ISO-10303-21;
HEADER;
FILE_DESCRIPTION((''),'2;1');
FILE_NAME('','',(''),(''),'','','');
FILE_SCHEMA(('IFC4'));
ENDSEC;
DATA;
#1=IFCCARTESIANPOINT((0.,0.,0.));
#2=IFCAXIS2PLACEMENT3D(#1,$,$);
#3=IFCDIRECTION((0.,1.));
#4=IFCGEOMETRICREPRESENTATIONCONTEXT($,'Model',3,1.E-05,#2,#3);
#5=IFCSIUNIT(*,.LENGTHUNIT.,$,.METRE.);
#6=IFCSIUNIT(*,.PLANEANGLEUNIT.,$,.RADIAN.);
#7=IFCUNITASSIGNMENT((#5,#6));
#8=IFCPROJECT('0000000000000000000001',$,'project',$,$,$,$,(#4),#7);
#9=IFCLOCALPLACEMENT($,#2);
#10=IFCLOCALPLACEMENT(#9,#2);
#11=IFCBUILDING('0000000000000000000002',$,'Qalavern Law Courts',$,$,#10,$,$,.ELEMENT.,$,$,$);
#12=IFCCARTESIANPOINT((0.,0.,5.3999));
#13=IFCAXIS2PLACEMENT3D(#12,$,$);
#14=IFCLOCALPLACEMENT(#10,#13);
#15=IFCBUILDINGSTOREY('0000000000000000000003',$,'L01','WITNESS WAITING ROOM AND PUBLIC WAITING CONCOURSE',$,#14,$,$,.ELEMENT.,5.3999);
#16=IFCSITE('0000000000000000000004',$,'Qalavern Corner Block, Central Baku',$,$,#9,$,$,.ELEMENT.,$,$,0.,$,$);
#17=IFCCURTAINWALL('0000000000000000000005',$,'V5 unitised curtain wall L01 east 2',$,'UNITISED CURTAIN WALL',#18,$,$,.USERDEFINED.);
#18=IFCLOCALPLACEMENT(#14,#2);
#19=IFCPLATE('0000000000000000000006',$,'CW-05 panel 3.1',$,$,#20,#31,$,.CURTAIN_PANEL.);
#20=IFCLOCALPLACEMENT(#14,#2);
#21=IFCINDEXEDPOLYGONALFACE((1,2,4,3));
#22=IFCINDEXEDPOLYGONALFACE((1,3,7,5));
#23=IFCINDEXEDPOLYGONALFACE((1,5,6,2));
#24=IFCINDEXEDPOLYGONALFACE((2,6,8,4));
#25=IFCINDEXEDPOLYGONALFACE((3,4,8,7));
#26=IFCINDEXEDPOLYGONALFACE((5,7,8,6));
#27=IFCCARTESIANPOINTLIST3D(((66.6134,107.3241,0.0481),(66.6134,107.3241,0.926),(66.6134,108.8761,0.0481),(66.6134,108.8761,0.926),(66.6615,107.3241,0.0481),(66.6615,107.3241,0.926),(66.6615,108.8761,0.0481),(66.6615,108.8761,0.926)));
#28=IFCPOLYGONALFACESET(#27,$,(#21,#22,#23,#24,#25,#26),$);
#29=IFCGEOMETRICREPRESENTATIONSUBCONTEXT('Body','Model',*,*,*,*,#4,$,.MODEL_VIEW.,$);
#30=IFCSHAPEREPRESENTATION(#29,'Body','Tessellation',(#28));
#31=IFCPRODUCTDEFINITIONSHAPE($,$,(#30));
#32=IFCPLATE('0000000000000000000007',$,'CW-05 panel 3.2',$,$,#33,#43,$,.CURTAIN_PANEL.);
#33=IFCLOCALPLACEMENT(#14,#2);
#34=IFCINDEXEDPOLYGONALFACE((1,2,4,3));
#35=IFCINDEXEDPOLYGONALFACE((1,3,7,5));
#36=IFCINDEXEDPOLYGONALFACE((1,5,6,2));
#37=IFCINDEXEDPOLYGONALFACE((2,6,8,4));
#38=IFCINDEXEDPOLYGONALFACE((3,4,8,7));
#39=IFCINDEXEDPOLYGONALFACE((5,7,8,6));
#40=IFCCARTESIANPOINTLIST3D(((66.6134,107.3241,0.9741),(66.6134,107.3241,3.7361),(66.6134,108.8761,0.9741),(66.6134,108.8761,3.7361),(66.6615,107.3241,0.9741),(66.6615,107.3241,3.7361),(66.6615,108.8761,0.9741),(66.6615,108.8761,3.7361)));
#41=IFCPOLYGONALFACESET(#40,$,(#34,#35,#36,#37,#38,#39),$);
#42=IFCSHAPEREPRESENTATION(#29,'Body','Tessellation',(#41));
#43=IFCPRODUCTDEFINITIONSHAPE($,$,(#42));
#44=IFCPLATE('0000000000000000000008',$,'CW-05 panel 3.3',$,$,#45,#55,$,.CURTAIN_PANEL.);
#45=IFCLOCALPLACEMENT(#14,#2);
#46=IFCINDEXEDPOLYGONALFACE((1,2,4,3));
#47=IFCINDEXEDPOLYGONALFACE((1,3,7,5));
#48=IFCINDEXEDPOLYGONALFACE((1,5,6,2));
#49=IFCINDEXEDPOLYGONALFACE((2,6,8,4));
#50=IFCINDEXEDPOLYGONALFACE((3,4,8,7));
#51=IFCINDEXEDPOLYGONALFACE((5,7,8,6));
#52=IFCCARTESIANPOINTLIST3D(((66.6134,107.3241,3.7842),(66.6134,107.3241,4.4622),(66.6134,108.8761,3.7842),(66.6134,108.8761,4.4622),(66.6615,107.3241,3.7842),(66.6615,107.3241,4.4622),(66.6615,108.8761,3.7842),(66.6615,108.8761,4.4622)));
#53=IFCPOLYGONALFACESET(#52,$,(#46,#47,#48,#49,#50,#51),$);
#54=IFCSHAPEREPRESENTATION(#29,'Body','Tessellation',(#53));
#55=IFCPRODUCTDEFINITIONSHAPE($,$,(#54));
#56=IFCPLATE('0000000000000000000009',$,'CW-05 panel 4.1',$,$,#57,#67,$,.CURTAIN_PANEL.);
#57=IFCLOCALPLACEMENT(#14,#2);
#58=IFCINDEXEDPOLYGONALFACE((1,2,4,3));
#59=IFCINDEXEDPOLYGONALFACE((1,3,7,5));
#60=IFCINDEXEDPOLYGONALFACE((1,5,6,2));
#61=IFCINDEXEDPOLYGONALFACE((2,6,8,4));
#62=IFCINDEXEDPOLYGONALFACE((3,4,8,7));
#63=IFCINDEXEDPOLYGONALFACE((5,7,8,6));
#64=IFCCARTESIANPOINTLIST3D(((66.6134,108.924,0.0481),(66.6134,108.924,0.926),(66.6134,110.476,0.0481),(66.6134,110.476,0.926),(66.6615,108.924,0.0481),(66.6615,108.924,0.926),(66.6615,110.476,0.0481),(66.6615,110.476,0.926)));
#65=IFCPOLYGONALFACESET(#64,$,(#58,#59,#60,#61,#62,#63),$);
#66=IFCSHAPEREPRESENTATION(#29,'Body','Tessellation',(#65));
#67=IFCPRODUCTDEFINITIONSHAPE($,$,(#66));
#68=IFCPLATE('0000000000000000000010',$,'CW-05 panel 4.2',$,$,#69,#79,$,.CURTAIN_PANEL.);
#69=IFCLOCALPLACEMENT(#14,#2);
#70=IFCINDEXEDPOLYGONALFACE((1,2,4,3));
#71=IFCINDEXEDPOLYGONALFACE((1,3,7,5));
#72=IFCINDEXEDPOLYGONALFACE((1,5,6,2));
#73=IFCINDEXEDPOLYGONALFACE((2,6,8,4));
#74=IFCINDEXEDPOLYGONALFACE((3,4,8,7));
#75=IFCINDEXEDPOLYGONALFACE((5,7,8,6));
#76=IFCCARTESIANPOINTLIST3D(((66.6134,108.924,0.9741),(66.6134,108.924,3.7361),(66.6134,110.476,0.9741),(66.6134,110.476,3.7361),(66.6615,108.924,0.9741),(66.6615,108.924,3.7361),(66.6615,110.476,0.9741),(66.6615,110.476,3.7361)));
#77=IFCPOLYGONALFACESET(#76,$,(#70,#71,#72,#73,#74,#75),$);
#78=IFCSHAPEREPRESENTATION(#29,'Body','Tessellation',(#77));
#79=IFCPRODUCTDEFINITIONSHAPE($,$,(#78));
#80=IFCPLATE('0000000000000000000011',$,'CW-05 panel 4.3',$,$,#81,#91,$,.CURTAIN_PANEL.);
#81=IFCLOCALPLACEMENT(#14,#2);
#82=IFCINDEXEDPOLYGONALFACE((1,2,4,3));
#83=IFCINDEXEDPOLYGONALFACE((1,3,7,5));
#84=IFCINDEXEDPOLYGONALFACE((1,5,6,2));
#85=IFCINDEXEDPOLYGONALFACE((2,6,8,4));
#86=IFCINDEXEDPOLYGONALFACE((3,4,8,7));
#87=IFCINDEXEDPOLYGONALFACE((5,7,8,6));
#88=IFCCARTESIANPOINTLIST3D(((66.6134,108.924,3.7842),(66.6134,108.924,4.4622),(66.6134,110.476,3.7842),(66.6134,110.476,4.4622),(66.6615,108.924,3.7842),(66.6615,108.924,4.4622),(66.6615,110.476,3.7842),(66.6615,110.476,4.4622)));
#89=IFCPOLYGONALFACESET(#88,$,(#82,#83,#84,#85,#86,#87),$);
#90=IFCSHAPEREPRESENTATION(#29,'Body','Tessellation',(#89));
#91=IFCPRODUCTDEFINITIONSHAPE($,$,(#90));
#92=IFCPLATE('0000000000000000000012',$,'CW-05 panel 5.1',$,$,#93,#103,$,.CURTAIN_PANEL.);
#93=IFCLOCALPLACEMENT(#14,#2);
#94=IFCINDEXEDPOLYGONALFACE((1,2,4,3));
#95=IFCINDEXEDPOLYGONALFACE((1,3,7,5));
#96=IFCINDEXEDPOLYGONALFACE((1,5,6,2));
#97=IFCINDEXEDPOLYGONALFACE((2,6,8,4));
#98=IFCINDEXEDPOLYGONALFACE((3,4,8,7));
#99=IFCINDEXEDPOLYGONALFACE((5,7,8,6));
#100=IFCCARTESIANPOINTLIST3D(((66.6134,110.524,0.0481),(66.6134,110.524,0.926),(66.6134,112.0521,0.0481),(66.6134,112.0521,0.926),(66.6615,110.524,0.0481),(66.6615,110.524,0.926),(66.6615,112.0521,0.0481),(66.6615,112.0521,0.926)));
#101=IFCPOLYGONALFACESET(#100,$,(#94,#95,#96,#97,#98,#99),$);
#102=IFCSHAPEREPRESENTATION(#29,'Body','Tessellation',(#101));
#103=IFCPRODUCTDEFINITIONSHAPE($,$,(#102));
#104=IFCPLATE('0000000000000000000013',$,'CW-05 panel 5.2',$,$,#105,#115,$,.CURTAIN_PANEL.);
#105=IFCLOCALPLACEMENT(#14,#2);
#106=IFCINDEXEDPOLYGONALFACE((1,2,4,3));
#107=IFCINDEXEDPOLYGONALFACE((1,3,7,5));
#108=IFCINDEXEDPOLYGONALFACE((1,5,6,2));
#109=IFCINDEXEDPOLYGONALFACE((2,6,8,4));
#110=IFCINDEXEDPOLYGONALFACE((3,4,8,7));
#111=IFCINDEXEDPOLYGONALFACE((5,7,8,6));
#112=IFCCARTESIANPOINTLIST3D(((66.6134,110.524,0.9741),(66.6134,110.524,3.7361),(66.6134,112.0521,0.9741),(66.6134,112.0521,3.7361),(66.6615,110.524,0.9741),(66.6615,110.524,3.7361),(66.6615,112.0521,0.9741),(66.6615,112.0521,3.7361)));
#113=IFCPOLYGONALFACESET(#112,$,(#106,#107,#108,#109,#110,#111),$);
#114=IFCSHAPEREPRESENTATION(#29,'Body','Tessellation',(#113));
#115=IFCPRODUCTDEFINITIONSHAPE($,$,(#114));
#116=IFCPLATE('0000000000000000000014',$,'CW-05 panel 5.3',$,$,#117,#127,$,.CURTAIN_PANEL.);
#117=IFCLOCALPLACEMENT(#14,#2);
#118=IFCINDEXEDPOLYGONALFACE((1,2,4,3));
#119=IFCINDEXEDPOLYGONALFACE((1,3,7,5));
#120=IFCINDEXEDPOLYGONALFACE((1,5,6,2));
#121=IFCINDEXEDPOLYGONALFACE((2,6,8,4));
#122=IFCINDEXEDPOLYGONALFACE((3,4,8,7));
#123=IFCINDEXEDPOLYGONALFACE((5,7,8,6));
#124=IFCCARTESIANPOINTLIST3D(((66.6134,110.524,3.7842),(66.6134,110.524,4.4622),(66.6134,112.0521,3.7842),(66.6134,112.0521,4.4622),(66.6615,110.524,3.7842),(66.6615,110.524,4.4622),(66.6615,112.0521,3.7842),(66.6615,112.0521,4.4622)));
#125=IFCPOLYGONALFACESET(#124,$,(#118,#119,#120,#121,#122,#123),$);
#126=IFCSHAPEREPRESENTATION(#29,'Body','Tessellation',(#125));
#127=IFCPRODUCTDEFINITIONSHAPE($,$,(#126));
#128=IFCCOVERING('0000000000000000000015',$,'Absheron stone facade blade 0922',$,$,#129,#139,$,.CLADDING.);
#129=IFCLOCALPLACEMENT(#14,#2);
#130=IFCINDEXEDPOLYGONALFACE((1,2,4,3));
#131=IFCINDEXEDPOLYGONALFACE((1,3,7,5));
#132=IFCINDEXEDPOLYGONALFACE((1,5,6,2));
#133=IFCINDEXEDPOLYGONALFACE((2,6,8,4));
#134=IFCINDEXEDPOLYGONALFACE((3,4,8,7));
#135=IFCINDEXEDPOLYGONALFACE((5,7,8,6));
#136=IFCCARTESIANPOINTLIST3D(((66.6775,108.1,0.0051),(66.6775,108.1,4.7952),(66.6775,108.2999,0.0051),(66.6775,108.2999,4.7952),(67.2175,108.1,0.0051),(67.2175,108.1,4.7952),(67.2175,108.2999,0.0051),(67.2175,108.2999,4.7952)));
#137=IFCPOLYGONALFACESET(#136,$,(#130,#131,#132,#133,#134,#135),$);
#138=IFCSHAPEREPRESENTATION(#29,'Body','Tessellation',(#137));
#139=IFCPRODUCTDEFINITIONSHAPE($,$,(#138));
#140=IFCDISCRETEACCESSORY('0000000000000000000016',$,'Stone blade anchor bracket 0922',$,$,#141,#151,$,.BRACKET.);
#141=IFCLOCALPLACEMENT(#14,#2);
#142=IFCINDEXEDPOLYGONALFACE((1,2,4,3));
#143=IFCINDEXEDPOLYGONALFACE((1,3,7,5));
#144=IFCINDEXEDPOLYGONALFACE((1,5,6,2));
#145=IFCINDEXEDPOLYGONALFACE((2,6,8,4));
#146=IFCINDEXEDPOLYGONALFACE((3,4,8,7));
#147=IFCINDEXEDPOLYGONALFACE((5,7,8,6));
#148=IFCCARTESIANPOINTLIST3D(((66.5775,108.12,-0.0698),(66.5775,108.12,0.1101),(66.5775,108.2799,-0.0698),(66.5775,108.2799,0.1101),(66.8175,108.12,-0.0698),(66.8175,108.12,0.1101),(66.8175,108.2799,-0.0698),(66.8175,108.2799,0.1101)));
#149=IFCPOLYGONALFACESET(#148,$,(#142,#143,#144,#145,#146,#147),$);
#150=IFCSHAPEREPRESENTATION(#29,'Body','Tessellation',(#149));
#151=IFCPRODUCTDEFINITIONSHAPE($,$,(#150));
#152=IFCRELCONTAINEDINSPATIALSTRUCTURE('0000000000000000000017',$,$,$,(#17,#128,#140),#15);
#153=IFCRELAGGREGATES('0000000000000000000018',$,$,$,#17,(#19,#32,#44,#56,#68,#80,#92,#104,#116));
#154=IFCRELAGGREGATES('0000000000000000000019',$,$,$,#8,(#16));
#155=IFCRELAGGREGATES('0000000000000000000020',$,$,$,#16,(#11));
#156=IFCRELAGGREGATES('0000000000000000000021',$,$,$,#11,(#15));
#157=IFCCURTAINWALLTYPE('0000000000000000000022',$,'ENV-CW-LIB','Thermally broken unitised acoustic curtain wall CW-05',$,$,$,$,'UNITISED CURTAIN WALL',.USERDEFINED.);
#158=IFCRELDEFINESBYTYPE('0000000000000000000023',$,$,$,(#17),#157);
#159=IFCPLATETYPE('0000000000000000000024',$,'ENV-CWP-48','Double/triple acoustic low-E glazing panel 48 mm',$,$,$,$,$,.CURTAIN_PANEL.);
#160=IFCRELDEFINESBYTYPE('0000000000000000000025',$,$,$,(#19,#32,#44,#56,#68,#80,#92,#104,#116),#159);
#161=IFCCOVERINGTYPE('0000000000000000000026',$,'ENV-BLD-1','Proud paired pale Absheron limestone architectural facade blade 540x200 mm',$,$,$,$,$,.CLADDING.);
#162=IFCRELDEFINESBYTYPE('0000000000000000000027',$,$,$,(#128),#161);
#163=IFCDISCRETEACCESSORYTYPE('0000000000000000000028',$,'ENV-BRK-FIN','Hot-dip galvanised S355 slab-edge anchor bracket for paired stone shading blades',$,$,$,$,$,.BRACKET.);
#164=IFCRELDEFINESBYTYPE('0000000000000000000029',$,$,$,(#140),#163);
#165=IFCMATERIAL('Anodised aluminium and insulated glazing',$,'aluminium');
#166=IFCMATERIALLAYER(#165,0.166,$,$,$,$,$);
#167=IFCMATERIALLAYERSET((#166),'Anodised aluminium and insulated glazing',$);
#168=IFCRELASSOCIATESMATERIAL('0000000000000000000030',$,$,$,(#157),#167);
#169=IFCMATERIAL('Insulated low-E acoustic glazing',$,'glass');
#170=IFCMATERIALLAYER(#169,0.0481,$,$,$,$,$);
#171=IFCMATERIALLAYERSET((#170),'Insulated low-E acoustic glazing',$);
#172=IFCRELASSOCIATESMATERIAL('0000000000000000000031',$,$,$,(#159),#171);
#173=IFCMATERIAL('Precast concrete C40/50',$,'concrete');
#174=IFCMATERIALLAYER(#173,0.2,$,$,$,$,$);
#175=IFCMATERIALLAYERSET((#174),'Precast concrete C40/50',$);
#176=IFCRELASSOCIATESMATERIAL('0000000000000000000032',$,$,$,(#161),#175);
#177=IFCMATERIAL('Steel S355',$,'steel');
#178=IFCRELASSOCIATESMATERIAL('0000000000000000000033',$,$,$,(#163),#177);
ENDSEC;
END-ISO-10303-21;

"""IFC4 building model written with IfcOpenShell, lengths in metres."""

from ifc_helpers import new_model, si_unit, direction, frame, origin, origin_2d, place, context, subcontext, project, spatial, rectangle, extrude, material, layer, layer_set, type_object, element, aggregate, save


model = new_model("IFC4")

# Units and contexts
model_context = context("Model", 3, precision=1e-05, world=origin(), true_north=direction((0.0, 1.0)))
body_context = subcontext(model_context, "Body", "Model", "MODEL_VIEW")
ifc_project = project(units=[si_unit("LENGTHUNIT", "METRE"), si_unit("PLANEANGLEUNIT", "RADIAN")], contexts=[model_context])

# Site, building, storey
site_placement = place(None, origin())
site = spatial("IfcSite", under=ifc_project, at=site_placement, Name="Qalavern Corner Block, Central Baku", CompositionType="ELEMENT", RefElevation=0.0)
building_placement = place(site_placement, origin())
building = spatial("IfcBuilding", under=site, at=building_placement, Name="Qalavern Law Courts", CompositionType="ELEMENT")
storey_placement = place(building_placement, frame((0.0, 0.0, 5.3999)))
storey = spatial("IfcBuildingStorey", under=building, at=storey_placement, Name="L01", Description="WITNESS WAITING ROOM AND PUBLIC WAITING CONCOURSE", CompositionType="ELEMENT", Elevation=5.3999)

# Curtain wall, plates
ifc_material_1 = material(Name="Anodised aluminium and insulated glazing", Category="aluminium")
ifc_layer_1 = layer(ifc_material_1, 0.166)
ifc_layer_set_1 = layer_set([ifc_layer_1], Name="Anodised aluminium and insulated glazing")
curtain_wall_type = type_object("IfcCurtainWallType", Name="ENV-CW-LIB", Description="Thermally broken unitised acoustic curtain wall CW-05", ElementType="UNITISED CURTAIN WALL", PredefinedType="USERDEFINED", material=ifc_layer_set_1)
curtain_wall_placement = place(storey_placement, origin())
curtain_wall = element("IfcCurtainWall", 1, at=curtain_wall_placement, inside=storey, type_object=curtain_wall_type, Name="V5 unitised curtain wall L01 east 2", ObjectType="UNITISED CURTAIN WALL", PredefinedType="USERDEFINED")
ifc_material_2 = material(Name="Insulated low-E acoustic glazing", Category="glass")
ifc_layer_2 = layer(ifc_material_2, 0.0481)
ifc_layer_set_2 = layer_set([ifc_layer_2], Name="Insulated low-E acoustic glazing")
plate_type = type_object("IfcPlateType", Name="ENV-CWP-48", Description="Double/triple acoustic low-E glazing panel 48 mm", PredefinedType="CURTAIN_PANEL", material=ifc_layer_set_2)
plate_1_placement = place(storey_placement, frame((66.6375, 108.1001, 0.0481), z_axis=(0.0, 0.0, 1.0), x_axis=(0.0, 1.0, 0.0)))
plate_1 = element("IfcPlate", 2, at=plate_1_placement, type_object=plate_type, Name="CW-05 panel 3.1", PredefinedType="CURTAIN_PANEL", context=body_context, shape_type="SweptSolid", body=[
    extrude(rectangle(XDim=1.552, YDim=0.0481, at=origin_2d()), origin(), (0.0, 0.0, 1.0), 0.8779),
])
plate_2_placement = place(storey_placement, frame((66.6375, 108.1001, 0.9741), z_axis=(0.0, 0.0, 1.0), x_axis=(0.0, 1.0, 0.0)))
plate_2 = element("IfcPlate", 3, at=plate_2_placement, type_object=plate_type, Name="CW-05 panel 3.2", PredefinedType="CURTAIN_PANEL", context=body_context, shape_type="SweptSolid", body=[
    extrude(rectangle(XDim=1.552, YDim=0.0481, at=origin_2d()), origin(), (0.0, 0.0, 1.0), 2.762),
])
plate_3_placement = place(storey_placement, frame((66.6375, 108.1001, 3.7842), z_axis=(0.0, 0.0, 1.0), x_axis=(0.0, 1.0, 0.0)))
plate_3 = element("IfcPlate", 4, at=plate_3_placement, type_object=plate_type, Name="CW-05 panel 3.3", PredefinedType="CURTAIN_PANEL", context=body_context, shape_type="SweptSolid", body=[
    extrude(rectangle(XDim=1.552, YDim=0.0481, at=origin_2d()), origin(), (0.0, 0.0, 1.0), 0.678),
])
plate_4_placement = place(storey_placement, frame((66.6375, 109.7, 0.0481), z_axis=(0.0, 0.0, 1.0), x_axis=(0.0, 1.0, 0.0)))
plate_4 = element("IfcPlate", 5, at=plate_4_placement, type_object=plate_type, Name="CW-05 panel 4.1", PredefinedType="CURTAIN_PANEL", context=body_context, shape_type="SweptSolid", body=[
    extrude(rectangle(XDim=1.552, YDim=0.0481, at=origin_2d()), origin(), (0.0, 0.0, 1.0), 0.8779),
])
plate_5_placement = place(storey_placement, frame((66.6375, 109.7, 0.9741), z_axis=(0.0, 0.0, 1.0), x_axis=(0.0, 1.0, 0.0)))
plate_5 = element("IfcPlate", 6, at=plate_5_placement, type_object=plate_type, Name="CW-05 panel 4.2", PredefinedType="CURTAIN_PANEL", context=body_context, shape_type="SweptSolid", body=[
    extrude(rectangle(XDim=1.552, YDim=0.0481, at=origin_2d()), origin(), (0.0, 0.0, 1.0), 2.762),
])
plate_6_placement = place(storey_placement, frame((66.6375, 109.7, 3.7842), z_axis=(0.0, 0.0, 1.0), x_axis=(0.0, 1.0, 0.0)))
plate_6 = element("IfcPlate", 7, at=plate_6_placement, type_object=plate_type, Name="CW-05 panel 4.3", PredefinedType="CURTAIN_PANEL", context=body_context, shape_type="SweptSolid", body=[
    extrude(rectangle(XDim=1.552, YDim=0.0481, at=origin_2d()), origin(), (0.0, 0.0, 1.0), 0.678),
])
plate_7_placement = place(storey_placement, frame((66.6375, 111.2881, 0.0481), z_axis=(0.0, 0.0, 1.0), x_axis=(0.0, 1.0, 0.0)))
plate_7 = element("IfcPlate", 8, at=plate_7_placement, type_object=plate_type, Name="CW-05 panel 5.1", PredefinedType="CURTAIN_PANEL", context=body_context, shape_type="SweptSolid", body=[
    extrude(rectangle(XDim=1.5281, YDim=0.0481, at=origin_2d()), origin(), (0.0, 0.0, 1.0), 0.8779),
])
plate_8_placement = place(storey_placement, frame((66.6375, 111.2881, 0.9741), z_axis=(0.0, 0.0, 1.0), x_axis=(0.0, 1.0, 0.0)))
plate_8 = element("IfcPlate", 9, at=plate_8_placement, type_object=plate_type, Name="CW-05 panel 5.2", PredefinedType="CURTAIN_PANEL", context=body_context, shape_type="SweptSolid", body=[
    extrude(rectangle(XDim=1.5281, YDim=0.0481, at=origin_2d()), origin(), (0.0, 0.0, 1.0), 2.762),
])
plate_9_placement = place(storey_placement, frame((66.6375, 111.2881, 3.7842), z_axis=(0.0, 0.0, 1.0), x_axis=(0.0, 1.0, 0.0)))
plate_9 = element("IfcPlate", 10, at=plate_9_placement, type_object=plate_type, Name="CW-05 panel 5.3", PredefinedType="CURTAIN_PANEL", context=body_context, shape_type="SweptSolid", body=[
    extrude(rectangle(XDim=1.5281, YDim=0.0481, at=origin_2d()), origin(), (0.0, 0.0, 1.0), 0.678),
])
aggregate(curtain_wall, [plate_1, plate_2, plate_3, plate_4, plate_5, plate_6, plate_7, plate_8, plate_9])

# Covering
ifc_material_3 = material(Name="Precast concrete C40/50", Category="concrete")
ifc_layer_3 = layer(ifc_material_3, 0.2)
ifc_layer_set_3 = layer_set([ifc_layer_3], Name="Precast concrete C40/50")
covering_type = type_object("IfcCoveringType", Name="ENV-BLD-1", Description="Proud paired pale Absheron limestone architectural facade blade 540x200 mm", PredefinedType="CLADDING", material=ifc_layer_set_3)
covering_placement = place(storey_placement, frame((66.9475, 108.2, 0.0051), z_axis=(0.0, 0.0, 1.0), x_axis=(1.0, 0.0, 0.0)))
element("IfcCovering", 11, at=covering_placement, inside=storey, type_object=covering_type, Name="Absheron stone facade blade 0922", PredefinedType="CLADDING", context=body_context, shape_type="SweptSolid", body=[
    extrude(rectangle(XDim=0.54, YDim=0.2, at=origin_2d()), origin(), (0.0, 0.0, 1.0), 4.79),
])

# Discrete accessory
ifc_material_4 = material(Name="Steel S355", Category="steel")
discrete_accessory_type = type_object("IfcDiscreteAccessoryType", Name="ENV-BRK-FIN", Description="Hot-dip galvanised S355 slab-edge anchor bracket for paired stone shading blades", PredefinedType="BRACKET", material=ifc_material_4)
discrete_accessory_placement = place(storey_placement, frame((66.6975, 108.2, -0.0698), z_axis=(0.0, 0.0, 1.0), x_axis=(1.0, 0.0, 0.0)))
element("IfcDiscreteAccessory", 12, at=discrete_accessory_placement, inside=storey, type_object=discrete_accessory_type, Name="Stone blade anchor bracket 0922", PredefinedType="BRACKET", context=body_context, shape_type="SweptSolid", body=[
    extrude(rectangle(XDim=0.24, YDim=0.1599, at=origin_2d()), origin(), (0.0, 0.0, 1.0), 0.1799),
])

save(model, "model.ifc")
